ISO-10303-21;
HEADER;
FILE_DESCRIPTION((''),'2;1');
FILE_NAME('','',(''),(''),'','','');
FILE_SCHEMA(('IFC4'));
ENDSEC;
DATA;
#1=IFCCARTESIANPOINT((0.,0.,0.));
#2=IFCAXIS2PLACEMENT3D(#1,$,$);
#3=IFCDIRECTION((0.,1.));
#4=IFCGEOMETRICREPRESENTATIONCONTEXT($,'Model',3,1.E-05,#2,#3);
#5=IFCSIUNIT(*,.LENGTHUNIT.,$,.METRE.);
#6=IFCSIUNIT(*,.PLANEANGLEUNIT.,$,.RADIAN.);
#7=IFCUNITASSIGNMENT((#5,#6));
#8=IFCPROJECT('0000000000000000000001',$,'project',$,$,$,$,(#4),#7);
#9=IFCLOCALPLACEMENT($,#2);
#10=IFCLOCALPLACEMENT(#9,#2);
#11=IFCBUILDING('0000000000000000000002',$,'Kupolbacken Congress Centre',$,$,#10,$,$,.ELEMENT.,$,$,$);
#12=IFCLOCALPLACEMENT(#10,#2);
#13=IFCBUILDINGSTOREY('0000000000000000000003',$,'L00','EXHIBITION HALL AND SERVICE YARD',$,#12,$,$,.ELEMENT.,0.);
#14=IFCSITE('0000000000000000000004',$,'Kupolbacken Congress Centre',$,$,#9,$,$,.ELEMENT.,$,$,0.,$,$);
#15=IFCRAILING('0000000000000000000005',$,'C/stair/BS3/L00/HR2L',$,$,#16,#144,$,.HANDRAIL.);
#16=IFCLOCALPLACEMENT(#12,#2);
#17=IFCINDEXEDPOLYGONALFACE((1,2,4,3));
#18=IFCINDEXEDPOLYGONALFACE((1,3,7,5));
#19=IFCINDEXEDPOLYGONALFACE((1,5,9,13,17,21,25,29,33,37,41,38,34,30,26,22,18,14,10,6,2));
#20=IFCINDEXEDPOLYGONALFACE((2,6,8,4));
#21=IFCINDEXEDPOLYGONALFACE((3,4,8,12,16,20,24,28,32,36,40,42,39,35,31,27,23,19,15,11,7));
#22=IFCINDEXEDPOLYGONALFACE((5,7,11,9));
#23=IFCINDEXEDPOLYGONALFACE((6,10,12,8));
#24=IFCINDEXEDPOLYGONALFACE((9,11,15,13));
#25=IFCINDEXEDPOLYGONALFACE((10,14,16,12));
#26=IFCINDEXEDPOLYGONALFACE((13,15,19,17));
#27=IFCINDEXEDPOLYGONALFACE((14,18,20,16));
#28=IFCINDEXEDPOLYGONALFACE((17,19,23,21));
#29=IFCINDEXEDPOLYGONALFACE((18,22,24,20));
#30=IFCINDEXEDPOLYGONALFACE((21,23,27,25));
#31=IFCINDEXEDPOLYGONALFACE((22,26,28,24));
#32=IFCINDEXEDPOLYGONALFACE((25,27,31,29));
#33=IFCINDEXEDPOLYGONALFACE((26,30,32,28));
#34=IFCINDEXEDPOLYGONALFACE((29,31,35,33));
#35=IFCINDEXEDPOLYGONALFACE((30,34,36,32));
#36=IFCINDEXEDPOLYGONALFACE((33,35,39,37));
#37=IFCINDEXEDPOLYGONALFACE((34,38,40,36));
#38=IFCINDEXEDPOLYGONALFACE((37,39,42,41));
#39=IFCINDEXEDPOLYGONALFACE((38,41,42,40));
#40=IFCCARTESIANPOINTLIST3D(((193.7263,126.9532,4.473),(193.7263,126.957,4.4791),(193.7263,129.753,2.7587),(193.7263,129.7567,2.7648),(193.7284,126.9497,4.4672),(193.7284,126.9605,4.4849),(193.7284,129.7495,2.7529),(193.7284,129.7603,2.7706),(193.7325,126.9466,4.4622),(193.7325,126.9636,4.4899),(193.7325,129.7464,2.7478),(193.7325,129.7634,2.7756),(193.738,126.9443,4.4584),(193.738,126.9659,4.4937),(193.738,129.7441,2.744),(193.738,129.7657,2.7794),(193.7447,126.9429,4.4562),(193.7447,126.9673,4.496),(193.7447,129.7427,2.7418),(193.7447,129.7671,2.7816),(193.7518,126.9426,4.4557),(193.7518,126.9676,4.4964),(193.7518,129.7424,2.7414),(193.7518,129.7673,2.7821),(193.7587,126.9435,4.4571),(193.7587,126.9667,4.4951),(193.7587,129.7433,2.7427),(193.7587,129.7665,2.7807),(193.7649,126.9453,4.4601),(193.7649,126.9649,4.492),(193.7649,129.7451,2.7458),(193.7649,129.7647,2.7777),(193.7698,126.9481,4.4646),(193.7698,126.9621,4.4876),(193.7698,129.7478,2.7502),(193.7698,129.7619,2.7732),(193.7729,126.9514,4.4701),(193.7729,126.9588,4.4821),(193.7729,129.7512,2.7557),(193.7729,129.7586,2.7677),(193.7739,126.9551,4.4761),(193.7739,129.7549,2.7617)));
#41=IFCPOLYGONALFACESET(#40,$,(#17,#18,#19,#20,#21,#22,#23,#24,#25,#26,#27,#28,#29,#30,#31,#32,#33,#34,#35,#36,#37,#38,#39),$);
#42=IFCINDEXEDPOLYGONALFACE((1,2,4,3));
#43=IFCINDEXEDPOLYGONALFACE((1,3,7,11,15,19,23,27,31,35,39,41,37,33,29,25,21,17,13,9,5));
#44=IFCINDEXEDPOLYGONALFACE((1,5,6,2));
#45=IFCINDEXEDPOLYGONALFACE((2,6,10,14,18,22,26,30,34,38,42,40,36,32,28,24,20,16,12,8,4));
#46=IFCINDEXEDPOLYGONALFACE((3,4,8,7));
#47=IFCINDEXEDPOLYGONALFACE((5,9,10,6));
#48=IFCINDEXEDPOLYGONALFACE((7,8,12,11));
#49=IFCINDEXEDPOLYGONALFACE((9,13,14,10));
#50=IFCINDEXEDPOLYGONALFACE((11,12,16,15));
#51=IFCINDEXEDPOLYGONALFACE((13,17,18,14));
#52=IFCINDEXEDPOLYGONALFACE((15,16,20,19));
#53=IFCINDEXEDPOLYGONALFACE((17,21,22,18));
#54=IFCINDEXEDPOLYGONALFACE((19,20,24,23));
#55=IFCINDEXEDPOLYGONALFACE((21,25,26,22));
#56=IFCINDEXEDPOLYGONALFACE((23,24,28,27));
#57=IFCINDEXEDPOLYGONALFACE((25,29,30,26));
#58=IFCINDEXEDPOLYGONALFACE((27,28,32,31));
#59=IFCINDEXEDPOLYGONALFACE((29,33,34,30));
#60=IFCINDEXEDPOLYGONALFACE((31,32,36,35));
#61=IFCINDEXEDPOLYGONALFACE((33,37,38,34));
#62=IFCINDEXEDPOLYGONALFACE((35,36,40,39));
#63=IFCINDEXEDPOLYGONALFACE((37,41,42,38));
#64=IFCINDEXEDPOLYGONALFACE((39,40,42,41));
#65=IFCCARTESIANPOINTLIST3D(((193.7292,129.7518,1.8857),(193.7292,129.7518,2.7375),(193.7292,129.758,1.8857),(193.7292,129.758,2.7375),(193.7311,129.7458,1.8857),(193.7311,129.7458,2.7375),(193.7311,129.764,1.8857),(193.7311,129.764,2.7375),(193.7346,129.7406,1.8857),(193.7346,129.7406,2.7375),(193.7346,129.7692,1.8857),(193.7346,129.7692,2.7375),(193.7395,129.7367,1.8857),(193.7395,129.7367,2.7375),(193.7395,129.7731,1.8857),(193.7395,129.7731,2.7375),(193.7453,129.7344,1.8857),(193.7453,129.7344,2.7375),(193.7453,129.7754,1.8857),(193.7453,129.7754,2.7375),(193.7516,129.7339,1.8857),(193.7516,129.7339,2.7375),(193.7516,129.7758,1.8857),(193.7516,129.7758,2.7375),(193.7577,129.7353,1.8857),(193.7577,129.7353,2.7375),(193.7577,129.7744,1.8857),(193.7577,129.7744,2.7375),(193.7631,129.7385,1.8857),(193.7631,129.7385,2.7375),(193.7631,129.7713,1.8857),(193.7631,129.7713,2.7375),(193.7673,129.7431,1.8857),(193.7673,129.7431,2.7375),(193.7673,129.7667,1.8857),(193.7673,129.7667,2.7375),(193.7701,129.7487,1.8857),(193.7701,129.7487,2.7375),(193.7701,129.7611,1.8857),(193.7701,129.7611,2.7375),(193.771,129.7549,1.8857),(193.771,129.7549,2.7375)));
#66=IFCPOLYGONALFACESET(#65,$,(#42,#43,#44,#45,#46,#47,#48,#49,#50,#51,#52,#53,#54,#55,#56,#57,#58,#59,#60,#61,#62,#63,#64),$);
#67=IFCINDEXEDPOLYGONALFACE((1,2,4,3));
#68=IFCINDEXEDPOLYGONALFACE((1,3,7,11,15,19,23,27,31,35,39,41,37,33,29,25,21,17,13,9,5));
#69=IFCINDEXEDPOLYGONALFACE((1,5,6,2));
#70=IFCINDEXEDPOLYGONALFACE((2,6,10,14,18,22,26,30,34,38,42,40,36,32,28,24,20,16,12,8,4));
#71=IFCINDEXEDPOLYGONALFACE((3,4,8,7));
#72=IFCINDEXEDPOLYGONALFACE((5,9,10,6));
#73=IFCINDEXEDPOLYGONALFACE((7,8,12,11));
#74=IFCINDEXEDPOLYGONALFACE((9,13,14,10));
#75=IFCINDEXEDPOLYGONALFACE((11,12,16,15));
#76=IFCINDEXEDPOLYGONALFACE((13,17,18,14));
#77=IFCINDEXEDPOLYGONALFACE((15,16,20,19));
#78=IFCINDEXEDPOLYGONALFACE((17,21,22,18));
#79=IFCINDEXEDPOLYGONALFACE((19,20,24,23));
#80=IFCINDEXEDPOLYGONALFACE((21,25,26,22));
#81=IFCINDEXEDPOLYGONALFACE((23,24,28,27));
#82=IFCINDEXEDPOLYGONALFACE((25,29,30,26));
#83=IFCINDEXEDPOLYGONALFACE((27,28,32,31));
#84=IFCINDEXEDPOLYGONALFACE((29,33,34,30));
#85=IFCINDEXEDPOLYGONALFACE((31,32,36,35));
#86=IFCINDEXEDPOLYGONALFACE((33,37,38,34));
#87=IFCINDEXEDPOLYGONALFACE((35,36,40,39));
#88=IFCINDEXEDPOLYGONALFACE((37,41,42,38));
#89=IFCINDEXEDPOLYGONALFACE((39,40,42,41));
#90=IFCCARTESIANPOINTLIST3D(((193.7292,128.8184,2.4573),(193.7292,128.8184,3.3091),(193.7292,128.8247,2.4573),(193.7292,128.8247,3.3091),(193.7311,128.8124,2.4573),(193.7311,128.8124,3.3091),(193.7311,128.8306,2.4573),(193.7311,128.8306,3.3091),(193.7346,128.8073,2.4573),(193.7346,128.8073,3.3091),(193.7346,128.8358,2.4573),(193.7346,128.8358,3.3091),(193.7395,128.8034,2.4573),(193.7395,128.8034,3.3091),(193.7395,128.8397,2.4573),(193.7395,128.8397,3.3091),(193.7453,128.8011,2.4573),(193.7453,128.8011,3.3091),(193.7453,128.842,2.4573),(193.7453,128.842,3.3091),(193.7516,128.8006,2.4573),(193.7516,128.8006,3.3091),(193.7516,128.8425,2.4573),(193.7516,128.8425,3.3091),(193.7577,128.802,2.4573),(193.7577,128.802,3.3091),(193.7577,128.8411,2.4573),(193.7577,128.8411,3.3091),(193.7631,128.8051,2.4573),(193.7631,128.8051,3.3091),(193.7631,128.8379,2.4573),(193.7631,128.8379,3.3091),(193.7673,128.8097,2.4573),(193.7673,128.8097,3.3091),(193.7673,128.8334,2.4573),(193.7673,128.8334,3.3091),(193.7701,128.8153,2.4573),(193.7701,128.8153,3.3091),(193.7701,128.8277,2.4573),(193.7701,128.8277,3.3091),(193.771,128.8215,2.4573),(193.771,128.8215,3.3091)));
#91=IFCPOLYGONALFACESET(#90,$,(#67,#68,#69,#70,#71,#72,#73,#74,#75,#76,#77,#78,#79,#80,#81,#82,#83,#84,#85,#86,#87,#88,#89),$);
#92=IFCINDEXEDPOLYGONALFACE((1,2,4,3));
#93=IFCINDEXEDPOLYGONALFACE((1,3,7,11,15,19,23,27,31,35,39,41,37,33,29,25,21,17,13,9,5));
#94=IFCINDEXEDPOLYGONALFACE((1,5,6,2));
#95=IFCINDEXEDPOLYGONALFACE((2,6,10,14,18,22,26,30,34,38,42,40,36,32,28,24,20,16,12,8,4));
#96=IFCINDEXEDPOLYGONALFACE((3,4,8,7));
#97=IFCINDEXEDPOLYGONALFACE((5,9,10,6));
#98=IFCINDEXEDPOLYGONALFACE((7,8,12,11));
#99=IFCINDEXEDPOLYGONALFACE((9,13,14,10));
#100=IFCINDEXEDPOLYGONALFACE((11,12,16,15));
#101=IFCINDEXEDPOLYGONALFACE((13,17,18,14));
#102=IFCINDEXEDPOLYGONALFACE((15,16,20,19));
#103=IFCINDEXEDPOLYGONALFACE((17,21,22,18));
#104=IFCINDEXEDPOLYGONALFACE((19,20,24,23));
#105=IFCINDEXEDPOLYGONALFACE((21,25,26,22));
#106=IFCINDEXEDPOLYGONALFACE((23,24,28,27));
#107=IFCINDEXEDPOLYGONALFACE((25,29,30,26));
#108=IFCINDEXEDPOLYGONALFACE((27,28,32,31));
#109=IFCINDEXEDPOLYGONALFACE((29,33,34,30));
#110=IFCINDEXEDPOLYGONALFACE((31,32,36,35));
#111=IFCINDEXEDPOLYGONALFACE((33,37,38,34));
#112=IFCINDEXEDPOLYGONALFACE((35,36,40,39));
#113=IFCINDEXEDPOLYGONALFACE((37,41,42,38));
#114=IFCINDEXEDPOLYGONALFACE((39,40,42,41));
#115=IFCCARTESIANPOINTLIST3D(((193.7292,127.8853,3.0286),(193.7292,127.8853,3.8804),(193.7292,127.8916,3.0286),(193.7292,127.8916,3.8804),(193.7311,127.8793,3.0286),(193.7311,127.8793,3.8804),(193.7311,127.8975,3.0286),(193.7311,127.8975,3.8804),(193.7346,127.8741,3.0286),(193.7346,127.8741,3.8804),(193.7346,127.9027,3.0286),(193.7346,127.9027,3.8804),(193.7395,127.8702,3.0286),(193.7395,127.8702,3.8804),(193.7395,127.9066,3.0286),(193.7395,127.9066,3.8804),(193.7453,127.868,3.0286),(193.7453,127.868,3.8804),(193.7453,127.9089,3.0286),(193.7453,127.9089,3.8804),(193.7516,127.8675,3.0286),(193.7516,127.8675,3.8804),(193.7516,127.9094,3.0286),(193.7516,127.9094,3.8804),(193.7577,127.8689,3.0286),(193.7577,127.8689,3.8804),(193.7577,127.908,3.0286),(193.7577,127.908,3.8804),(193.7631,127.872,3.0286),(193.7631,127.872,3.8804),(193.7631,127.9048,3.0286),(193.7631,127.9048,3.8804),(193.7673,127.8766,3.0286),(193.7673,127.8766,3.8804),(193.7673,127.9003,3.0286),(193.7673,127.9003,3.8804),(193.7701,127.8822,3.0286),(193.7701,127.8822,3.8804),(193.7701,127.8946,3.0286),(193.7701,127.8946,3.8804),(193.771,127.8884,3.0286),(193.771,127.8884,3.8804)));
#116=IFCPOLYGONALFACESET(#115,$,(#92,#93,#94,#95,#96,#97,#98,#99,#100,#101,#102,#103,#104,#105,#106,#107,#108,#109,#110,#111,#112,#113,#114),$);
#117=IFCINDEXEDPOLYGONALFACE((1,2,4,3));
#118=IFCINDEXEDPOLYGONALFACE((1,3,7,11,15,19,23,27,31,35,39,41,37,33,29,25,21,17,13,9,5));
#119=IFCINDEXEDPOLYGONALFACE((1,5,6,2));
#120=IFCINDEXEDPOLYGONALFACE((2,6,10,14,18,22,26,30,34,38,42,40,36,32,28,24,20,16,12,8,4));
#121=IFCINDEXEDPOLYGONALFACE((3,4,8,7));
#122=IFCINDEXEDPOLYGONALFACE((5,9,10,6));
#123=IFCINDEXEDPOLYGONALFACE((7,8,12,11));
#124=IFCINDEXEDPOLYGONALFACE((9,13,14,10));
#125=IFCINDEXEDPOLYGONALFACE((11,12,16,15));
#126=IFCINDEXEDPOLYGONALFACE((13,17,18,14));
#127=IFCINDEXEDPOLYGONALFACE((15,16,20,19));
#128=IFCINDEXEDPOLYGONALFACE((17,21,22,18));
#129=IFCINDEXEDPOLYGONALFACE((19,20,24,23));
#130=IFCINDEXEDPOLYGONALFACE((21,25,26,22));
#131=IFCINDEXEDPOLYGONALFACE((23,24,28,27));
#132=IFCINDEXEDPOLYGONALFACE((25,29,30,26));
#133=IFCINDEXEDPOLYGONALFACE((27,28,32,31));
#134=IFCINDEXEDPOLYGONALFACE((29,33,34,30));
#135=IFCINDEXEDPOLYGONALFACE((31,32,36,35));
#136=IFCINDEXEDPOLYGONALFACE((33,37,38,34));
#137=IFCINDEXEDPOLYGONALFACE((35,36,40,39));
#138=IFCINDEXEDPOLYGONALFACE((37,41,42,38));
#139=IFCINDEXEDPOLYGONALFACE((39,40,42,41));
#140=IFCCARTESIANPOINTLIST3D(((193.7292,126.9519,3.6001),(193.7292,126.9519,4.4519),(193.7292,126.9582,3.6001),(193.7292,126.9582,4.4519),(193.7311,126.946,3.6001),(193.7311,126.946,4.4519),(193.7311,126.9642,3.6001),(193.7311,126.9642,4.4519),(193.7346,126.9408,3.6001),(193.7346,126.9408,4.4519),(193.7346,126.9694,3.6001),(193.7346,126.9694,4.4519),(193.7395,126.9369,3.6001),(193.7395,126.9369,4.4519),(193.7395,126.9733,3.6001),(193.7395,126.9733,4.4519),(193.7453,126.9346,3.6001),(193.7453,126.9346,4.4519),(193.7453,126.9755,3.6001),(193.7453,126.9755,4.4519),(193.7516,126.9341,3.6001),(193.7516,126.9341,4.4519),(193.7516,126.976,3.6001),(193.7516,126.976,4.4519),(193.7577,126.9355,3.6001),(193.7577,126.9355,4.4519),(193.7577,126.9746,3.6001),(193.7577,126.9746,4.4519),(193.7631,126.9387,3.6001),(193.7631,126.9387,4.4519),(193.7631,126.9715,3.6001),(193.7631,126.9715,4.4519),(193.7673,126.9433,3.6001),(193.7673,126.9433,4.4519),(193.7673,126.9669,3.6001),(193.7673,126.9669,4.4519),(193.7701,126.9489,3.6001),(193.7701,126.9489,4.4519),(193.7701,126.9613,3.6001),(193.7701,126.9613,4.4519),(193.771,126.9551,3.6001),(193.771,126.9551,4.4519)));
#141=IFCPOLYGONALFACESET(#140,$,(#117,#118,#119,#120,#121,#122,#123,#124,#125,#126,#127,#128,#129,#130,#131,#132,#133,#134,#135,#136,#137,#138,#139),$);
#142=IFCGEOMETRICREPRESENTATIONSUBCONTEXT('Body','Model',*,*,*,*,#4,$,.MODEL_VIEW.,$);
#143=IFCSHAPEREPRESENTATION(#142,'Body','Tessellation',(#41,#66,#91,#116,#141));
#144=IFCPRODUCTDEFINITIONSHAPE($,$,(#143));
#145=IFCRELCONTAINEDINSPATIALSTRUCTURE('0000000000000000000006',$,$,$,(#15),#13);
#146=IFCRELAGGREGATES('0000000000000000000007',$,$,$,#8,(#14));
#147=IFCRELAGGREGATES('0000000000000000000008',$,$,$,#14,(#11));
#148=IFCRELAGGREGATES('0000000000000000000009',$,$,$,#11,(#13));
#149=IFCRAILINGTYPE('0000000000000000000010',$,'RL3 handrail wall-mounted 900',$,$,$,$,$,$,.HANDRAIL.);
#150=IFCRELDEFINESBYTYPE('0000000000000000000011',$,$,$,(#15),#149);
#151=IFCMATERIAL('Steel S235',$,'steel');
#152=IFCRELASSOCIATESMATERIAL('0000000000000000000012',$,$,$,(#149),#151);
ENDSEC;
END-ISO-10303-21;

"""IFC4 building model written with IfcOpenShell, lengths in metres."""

from ifc_helpers import new_model, si_unit, direction, frame, origin, origin_2d, place, context, subcontext, project, spatial, circle, extrude, material, type_object, element, save


model = new_model("IFC4")

# Units and contexts
model_context = context("Model", 3, precision=1e-05, world=origin(), true_north=direction((0.0, 1.0)))
body_context = subcontext(model_context, "Body", "Model", "MODEL_VIEW")
ifc_project = project(units=[si_unit("LENGTHUNIT", "METRE"), si_unit("PLANEANGLEUNIT", "RADIAN")], contexts=[model_context])

# Site, building, storey
site_placement = place(None, origin())
site = spatial("IfcSite", under=ifc_project, at=site_placement, Name="Kupolbacken Congress Centre", CompositionType="ELEMENT", RefElevation=0.0)
building_placement = place(site_placement, origin())
building = spatial("IfcBuilding", under=site, at=building_placement, Name="Kupolbacken Congress Centre", CompositionType="ELEMENT")
storey_placement = place(building_placement, origin())
storey = spatial("IfcBuildingStorey", under=building, at=storey_placement, Name="L00", Description="EXHIBITION HALL AND SERVICE YARD", CompositionType="ELEMENT", Elevation=0.0)

# Railing
ifc_material_1 = material(Name="Steel S235", Category="steel")
railing_type = type_object("IfcRailingType", Name="RL3 handrail wall-mounted 900", PredefinedType="HANDRAIL", material=ifc_material_1)
for number, where, name in (
    (1, (193.75, 129.7549, 1.8857), "C/stair/BS3/L00/HR2L"),
):
    element("IfcRailing", number, at=place(storey_placement, frame(where)), inside=storey, type_object=railing_type, Name=name, PredefinedType="HANDRAIL", context=body_context, shape_type="SweptSolid", body=[
        extrude(circle(Radius=0.0239, at=origin_2d()), frame((0.0, 0.0, 0.876), z_axis=(0.0, -0.852826, 0.522196), x_axis=(1.0, 0.0, 0.0)), (0.0, 0.0, 1.0), 3.283),
        extrude(circle(Radius=0.021, at=origin_2d()), origin(), (0.0, 0.0, 1.0), 0.8518),
        extrude(circle(Radius=0.021, at=origin_2d()), frame((0.0, -0.9333, 0.5715)), (0.0, 0.0, 1.0), 0.8518),
        extrude(circle(Radius=0.021, at=origin_2d()), frame((0.0, -1.8665, 1.1428)), (0.0, 0.0, 1.0), 0.8518),
        extrude(circle(Radius=0.021, at=origin_2d()), frame((0.0, -2.7998, 1.7144)), (0.0, 0.0, 1.0), 0.8518),
    ])

save(model, "model.ifc")
